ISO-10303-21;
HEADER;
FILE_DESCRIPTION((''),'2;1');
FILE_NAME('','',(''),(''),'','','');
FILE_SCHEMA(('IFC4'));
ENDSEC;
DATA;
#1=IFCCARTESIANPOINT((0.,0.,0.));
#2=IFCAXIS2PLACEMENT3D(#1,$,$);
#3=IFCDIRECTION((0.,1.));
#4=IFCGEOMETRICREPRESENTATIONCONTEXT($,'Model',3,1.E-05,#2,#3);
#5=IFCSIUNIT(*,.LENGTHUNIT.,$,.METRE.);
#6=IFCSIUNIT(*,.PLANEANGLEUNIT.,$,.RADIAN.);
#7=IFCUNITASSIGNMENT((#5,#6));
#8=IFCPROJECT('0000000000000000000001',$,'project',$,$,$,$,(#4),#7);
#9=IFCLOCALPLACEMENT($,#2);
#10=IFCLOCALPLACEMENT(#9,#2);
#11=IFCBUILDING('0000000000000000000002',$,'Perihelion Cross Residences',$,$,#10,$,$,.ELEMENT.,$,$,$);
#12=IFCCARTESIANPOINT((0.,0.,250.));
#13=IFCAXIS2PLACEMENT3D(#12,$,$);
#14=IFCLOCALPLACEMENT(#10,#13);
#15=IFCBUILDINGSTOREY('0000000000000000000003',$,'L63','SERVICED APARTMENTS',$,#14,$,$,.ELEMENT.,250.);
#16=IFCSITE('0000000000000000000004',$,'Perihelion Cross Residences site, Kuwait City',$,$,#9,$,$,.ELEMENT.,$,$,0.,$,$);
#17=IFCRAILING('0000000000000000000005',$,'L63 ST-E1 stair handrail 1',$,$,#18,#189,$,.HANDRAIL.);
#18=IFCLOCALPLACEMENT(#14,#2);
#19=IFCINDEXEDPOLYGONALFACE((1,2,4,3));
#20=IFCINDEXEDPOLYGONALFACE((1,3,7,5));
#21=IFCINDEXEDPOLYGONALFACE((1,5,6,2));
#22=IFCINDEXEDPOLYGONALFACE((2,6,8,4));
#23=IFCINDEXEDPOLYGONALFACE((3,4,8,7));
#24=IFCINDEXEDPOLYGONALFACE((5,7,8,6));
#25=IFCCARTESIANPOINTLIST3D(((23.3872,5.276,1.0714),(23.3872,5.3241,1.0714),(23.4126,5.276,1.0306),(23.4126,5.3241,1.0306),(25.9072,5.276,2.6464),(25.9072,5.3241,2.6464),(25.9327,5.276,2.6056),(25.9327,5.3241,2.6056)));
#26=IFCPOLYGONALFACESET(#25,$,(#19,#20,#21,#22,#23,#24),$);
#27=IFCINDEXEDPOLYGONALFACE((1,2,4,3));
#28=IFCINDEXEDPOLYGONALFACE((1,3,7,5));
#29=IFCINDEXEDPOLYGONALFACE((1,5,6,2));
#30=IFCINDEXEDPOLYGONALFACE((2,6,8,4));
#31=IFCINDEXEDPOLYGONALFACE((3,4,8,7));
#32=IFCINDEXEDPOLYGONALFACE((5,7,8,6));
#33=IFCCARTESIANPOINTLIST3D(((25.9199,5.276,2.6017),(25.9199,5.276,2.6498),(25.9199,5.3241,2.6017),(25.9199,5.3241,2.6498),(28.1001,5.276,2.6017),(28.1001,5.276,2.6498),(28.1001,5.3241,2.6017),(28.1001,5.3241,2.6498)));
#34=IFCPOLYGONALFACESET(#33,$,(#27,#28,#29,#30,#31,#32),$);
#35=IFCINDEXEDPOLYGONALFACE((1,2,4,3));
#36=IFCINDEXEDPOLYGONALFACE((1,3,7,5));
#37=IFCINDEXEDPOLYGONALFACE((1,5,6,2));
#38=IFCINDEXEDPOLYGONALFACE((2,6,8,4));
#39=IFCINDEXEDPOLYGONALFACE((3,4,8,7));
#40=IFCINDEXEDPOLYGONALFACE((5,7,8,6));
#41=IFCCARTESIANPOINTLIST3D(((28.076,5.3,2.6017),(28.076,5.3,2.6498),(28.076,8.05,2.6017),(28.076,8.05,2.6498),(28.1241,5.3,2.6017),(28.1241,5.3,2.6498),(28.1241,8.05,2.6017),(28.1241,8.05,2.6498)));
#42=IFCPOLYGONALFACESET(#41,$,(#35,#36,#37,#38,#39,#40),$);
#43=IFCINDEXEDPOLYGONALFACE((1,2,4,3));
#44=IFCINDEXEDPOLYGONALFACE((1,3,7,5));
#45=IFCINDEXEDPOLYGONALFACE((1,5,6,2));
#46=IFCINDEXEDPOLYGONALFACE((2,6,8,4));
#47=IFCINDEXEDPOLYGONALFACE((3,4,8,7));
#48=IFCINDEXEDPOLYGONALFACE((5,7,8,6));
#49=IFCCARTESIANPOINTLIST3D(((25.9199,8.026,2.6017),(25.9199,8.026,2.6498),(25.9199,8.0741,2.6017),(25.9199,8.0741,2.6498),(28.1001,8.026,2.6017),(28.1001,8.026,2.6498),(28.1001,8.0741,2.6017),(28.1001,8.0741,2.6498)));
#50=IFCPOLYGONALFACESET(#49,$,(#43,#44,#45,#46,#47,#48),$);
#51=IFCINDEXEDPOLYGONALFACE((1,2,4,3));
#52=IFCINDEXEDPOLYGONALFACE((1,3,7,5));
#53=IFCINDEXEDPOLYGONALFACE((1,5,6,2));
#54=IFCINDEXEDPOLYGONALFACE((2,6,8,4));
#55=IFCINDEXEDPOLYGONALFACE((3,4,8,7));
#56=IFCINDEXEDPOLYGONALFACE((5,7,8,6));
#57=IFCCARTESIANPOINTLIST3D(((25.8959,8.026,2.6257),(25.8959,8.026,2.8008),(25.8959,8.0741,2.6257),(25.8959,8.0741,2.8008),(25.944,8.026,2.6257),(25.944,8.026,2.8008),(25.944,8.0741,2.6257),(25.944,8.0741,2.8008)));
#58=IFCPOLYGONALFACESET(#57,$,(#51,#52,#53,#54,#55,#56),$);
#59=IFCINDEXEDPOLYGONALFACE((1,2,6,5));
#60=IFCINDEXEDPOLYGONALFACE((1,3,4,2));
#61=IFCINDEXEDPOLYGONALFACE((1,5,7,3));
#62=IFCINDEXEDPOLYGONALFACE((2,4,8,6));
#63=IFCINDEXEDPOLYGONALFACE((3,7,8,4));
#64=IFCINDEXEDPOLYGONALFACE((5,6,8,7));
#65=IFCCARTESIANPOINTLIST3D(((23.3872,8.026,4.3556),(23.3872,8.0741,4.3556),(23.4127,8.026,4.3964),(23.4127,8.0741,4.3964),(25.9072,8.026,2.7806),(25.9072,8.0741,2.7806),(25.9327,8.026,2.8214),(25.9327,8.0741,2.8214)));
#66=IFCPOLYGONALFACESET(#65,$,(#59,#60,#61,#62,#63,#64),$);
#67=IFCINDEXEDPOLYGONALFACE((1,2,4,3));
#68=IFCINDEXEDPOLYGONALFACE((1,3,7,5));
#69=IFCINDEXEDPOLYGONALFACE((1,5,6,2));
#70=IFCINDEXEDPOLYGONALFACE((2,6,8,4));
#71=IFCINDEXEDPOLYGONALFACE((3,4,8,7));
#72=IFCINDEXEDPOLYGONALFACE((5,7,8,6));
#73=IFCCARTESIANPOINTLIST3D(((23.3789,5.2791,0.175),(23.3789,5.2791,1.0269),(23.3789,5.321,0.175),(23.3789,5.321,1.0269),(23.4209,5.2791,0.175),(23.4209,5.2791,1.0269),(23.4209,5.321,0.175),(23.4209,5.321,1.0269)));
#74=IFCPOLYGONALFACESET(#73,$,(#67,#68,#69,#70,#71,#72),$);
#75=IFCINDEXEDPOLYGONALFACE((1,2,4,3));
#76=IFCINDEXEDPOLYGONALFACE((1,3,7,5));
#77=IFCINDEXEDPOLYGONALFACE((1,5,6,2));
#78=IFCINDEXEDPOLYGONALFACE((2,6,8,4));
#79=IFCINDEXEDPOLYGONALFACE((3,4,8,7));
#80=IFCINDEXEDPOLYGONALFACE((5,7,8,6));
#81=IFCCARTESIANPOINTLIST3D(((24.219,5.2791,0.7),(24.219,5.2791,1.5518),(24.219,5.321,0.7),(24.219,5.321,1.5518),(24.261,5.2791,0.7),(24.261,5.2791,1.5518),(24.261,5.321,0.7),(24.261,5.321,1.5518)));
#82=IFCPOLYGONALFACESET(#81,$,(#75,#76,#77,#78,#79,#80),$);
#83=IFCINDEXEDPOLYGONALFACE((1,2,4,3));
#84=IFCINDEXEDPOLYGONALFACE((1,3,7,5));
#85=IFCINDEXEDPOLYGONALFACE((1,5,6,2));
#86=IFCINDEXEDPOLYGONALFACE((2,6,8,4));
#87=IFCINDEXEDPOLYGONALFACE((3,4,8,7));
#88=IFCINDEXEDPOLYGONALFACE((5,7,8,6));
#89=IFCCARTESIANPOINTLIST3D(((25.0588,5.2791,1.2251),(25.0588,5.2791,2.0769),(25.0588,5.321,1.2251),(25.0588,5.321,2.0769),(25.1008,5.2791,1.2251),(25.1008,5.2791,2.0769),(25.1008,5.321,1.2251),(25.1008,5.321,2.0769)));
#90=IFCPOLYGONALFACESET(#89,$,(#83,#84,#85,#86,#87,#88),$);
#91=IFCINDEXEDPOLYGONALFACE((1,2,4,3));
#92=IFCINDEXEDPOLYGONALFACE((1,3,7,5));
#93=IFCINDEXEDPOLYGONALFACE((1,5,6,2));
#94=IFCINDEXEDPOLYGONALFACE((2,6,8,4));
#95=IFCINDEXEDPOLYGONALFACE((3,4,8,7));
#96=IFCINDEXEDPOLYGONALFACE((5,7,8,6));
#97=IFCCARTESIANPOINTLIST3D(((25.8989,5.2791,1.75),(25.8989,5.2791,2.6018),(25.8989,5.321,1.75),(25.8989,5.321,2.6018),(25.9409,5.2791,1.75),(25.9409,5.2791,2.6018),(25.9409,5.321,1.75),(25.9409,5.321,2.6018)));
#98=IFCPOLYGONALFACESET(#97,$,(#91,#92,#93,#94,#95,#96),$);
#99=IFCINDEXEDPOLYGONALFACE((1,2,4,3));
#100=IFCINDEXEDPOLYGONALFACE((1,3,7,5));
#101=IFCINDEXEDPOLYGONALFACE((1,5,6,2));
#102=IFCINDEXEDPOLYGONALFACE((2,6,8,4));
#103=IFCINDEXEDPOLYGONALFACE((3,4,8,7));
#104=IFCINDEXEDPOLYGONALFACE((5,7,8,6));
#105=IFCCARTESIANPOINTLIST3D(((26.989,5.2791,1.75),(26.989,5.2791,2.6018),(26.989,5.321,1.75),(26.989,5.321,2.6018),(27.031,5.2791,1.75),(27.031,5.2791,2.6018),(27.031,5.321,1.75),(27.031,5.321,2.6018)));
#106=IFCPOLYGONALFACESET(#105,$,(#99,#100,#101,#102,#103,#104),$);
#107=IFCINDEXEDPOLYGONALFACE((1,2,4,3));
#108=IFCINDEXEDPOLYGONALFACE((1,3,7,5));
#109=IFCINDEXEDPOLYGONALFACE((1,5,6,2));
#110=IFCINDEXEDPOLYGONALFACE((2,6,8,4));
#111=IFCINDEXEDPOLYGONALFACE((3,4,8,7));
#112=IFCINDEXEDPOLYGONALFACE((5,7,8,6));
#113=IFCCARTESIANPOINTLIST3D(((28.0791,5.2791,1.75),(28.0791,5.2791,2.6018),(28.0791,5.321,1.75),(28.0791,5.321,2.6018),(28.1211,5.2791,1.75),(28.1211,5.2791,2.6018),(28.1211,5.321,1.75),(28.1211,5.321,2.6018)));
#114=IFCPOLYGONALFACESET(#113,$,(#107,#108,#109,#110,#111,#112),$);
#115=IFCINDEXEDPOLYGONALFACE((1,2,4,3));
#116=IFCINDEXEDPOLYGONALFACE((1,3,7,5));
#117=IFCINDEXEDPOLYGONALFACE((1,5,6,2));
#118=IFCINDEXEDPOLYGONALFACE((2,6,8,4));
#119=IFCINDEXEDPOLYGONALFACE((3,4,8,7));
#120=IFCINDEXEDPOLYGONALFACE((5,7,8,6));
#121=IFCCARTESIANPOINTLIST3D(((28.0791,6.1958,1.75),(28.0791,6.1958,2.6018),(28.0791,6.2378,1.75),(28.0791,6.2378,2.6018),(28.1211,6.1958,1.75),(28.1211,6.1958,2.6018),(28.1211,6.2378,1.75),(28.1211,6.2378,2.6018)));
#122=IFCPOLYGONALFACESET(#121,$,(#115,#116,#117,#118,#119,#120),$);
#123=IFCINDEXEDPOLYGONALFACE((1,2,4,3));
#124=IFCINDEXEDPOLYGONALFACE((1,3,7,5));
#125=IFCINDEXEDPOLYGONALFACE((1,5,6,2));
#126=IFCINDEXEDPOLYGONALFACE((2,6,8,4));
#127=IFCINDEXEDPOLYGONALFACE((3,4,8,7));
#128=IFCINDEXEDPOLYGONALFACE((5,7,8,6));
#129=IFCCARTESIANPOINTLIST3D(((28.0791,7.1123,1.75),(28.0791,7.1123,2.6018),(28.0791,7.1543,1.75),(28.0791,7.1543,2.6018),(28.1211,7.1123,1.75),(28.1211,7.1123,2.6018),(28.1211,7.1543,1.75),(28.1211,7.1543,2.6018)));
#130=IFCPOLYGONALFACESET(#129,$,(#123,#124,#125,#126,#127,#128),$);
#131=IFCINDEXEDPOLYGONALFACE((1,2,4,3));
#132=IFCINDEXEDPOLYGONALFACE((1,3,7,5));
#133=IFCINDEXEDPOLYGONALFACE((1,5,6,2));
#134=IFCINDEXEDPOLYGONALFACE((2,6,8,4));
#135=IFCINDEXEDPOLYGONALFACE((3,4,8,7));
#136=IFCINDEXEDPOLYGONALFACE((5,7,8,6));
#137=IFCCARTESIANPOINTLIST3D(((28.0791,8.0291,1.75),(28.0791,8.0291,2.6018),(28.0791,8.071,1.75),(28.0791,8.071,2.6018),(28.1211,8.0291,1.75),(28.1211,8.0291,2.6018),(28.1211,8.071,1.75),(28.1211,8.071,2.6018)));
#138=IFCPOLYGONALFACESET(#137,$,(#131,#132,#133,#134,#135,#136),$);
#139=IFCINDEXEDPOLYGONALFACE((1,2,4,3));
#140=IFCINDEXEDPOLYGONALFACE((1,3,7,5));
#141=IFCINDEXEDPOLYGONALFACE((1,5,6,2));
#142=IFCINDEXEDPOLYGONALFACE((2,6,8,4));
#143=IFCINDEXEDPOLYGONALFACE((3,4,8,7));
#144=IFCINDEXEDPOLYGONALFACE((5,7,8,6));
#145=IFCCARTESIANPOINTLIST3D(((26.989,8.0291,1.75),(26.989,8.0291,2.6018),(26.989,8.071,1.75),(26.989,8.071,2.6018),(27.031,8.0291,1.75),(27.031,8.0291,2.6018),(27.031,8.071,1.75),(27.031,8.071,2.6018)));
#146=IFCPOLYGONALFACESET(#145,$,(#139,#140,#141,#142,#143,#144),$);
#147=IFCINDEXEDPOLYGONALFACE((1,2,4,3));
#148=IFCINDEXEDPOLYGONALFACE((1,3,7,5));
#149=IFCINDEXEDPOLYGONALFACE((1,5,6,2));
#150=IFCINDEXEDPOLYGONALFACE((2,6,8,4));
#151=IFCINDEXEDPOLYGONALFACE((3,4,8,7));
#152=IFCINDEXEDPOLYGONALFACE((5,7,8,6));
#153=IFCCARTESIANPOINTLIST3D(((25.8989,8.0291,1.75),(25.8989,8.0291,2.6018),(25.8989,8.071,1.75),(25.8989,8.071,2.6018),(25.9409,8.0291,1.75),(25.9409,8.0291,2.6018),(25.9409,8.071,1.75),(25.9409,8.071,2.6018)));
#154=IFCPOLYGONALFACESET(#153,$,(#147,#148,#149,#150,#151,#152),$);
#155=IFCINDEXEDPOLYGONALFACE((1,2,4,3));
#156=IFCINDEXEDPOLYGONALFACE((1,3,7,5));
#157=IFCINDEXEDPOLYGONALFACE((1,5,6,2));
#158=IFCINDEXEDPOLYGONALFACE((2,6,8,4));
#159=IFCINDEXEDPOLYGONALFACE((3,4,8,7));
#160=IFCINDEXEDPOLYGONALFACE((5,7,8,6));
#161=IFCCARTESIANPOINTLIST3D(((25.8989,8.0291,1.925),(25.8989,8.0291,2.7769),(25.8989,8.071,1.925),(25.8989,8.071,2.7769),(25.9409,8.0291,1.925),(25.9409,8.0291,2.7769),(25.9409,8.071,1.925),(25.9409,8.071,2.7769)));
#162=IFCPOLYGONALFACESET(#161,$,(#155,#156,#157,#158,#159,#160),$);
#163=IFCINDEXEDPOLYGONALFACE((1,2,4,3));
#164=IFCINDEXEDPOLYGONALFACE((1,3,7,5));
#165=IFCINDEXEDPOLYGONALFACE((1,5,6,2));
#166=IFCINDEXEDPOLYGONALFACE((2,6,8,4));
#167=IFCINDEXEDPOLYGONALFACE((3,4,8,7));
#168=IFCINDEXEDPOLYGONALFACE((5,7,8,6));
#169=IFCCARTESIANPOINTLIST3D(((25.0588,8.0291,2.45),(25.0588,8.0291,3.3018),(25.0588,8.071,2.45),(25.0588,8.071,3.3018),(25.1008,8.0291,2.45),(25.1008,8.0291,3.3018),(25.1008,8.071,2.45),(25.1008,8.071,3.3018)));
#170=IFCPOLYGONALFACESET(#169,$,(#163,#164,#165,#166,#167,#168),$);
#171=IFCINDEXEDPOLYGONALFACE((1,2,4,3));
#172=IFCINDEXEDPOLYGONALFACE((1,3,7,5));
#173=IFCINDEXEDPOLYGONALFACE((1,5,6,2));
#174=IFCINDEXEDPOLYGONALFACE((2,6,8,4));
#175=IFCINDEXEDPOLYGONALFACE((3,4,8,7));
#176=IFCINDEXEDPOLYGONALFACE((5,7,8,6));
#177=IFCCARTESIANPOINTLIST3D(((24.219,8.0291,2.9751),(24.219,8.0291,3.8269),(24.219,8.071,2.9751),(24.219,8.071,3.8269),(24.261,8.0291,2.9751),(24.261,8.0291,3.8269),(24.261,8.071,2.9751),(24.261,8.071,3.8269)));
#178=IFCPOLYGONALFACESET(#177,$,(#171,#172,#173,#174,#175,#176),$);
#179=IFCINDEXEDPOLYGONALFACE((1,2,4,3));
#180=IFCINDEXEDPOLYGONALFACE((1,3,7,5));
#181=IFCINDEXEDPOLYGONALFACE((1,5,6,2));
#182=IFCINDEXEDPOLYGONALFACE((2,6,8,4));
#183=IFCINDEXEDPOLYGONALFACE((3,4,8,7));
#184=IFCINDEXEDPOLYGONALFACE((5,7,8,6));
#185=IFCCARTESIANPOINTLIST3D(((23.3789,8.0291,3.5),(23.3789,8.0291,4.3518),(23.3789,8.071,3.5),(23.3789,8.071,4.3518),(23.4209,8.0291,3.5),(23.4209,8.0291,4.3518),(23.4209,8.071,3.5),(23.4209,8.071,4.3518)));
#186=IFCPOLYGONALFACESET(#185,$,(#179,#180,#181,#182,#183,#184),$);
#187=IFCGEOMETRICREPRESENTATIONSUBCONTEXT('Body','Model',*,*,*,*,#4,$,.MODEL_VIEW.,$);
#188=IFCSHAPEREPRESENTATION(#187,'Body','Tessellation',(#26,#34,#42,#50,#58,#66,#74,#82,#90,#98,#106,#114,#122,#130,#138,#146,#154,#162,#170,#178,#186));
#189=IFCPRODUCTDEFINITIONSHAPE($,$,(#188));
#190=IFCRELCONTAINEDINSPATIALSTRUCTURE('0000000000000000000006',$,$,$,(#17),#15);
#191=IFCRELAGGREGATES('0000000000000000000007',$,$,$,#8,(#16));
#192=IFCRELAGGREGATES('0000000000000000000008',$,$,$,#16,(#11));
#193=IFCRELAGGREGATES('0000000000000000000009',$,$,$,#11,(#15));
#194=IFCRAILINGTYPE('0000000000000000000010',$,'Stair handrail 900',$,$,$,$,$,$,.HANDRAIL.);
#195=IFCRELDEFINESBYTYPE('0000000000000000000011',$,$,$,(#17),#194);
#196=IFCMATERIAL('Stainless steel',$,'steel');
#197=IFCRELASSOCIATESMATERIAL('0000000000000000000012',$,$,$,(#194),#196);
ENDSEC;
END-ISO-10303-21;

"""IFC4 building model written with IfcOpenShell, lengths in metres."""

from ifc_helpers import new_model, si_unit, direction, frame, origin, origin_2d, place, context, subcontext, project, spatial, rectangle, extrude, material, type_object, element, save


model = new_model("IFC4")

# Units and contexts
model_context = context("Model", 3, precision=1e-05, world=origin(), true_north=direction((0.0, 1.0)))
body_context = subcontext(model_context, "Body", "Model", "MODEL_VIEW")
ifc_project = project(units=[si_unit("LENGTHUNIT", "METRE"), si_unit("PLANEANGLEUNIT", "RADIAN")], contexts=[model_context])

# Site, building, storey
site_placement = place(None, origin())
site = spatial("IfcSite", under=ifc_project, at=site_placement, Name="Perihelion Cross Residences site, Kuwait City", CompositionType="ELEMENT", RefElevation=0.0)
building_placement = place(site_placement, origin())
building = spatial("IfcBuilding", under=site, at=building_placement, Name="Perihelion Cross Residences", CompositionType="ELEMENT")
storey_placement = place(building_placement, frame((0.0, 0.0, 250.0)))
storey = spatial("IfcBuildingStorey", under=building, at=storey_placement, Name="L63", Description="SERVICED APARTMENTS", CompositionType="ELEMENT", Elevation=250.0)

# Railing
ifc_material_1 = material(Name="Stainless steel", Category="steel")
railing_type_1 = type_object("IfcRailingType", Name="Stair handrail 900", PredefinedType="HANDRAIL", material=ifc_material_1)
railing_1_placement = place(storey_placement, frame((23.3999, 5.3, 0.175)))
element("IfcRailing", 1, at=railing_1_placement, inside=storey, type_object=railing_type_1, Name="L63 ST-E1 stair handrail 1", PredefinedType="HANDRAIL", context=body_context, shape_type="SweptSolid", body=[
    extrude(rectangle(XDim=0.0481, YDim=0.0481, at=origin_2d()), frame((0.0, 0.0, 0.876), z_axis=(0.848008, 0.0, 0.529984), x_axis=(0.0, 1.0, 0.0)), (0.0, 0.0, 1.0), 2.9717),
    extrude(rectangle(XDim=0.0481, YDim=0.0481, at=origin_2d()), frame((2.52, 0.0, 2.4507), z_axis=(1.0, 0.0, 0.0), x_axis=(0.0, 1.0, 0.0)), (0.0, 0.0, 1.0), 2.1802),
    extrude(rectangle(XDim=0.0481, YDim=0.0481, at=origin_2d()), frame((4.7002, 0.0, 2.4507), z_axis=(0.0, 1.0, 0.0), x_axis=(-1.0, 0.0, 0.0)), (0.0, 0.0, 1.0), 2.75),
    extrude(rectangle(XDim=0.0481, YDim=0.0481, at=origin_2d()), frame((4.7002, 2.75, 2.4507), z_axis=(-1.0, 0.0, 0.0), x_axis=(0.0, -1.0, 0.0)), (0.0, 0.0, 1.0), 2.1802),
    extrude(rectangle(XDim=0.0481, YDim=0.0481, at=origin_2d()), frame((2.52, 2.75, 2.4507), z_axis=(0.0, 0.0, 1.0), x_axis=(1.0, 0.0, 0.0)), (0.0, 0.0, 1.0), 0.175),
    extrude(rectangle(XDim=0.0481, YDim=0.0481, at=origin_2d()), frame((2.52, 2.75, 2.626), z_axis=(-0.848008, 0.0, 0.529984), x_axis=(0.0, -1.0, 0.0)), (0.0, 0.0, 1.0), 2.9717),
    extrude(rectangle(XDim=0.042, YDim=0.042, at=origin_2d()), origin(), (0.0, 0.0, 1.0), 0.8518),
    extrude(rectangle(XDim=0.042, YDim=0.042, at=origin_2d()), frame((0.8401, 0.0, 0.5249)), (0.0, 0.0, 1.0), 0.8518),
    extrude(rectangle(XDim=0.042, YDim=0.042, at=origin_2d()), frame((1.6799, 0.0, 1.05)), (0.0, 0.0, 1.0), 0.8518),
    extrude(rectangle(XDim=0.042, YDim=0.042, at=origin_2d()), frame((2.52, 0.0, 1.575)), (0.0, 0.0, 1.0), 0.8518),
    extrude(rectangle(XDim=0.042, YDim=0.042, at=origin_2d()), frame((3.6101, 0.0, 1.575)), (0.0, 0.0, 1.0), 0.8518),
    extrude(rectangle(XDim=0.042, YDim=0.042, at=origin_2d()), frame((4.7002, 0.0, 1.575)), (0.0, 0.0, 1.0), 0.8518),
    extrude(rectangle(XDim=0.042, YDim=0.042, at=origin_2d()), frame((4.7002, 0.9167, 1.575)), (0.0, 0.0, 1.0), 0.8518),
    extrude(rectangle(XDim=0.042, YDim=0.042, at=origin_2d()), frame((4.7002, 1.8333, 1.575)), (0.0, 0.0, 1.0), 0.8518),
    extrude(rectangle(XDim=0.042, YDim=0.042, at=origin_2d()), frame((4.7002, 2.75, 1.575)), (0.0, 0.0, 1.0), 0.8518),
    extrude(rectangle(XDim=0.042, YDim=0.042, at=origin_2d()), frame((3.6101, 2.75, 1.575)), (0.0, 0.0, 1.0), 0.8518),
    extrude(rectangle(XDim=0.042, YDim=0.042, at=origin_2d()), frame((2.52, 2.75, 1.575)), (0.0, 0.0, 1.0), 0.8518),
    extrude(rectangle(XDim=0.042, YDim=0.042, at=origin_2d()), frame((2.52, 2.75, 1.75)), (0.0, 0.0, 1.0), 0.8518),
    extrude(rectangle(XDim=0.042, YDim=0.042, at=origin_2d()), frame((1.6799, 2.75, 2.2749)), (0.0, 0.0, 1.0), 0.8518),
    extrude(rectangle(XDim=0.042, YDim=0.042, at=origin_2d()), frame((0.8401, 2.75, 2.8)), (0.0, 0.0, 1.0), 0.8518),
    extrude(rectangle(XDim=0.042, YDim=0.042, at=origin_2d()), frame((0.0, 2.75, 3.325)), (0.0, 0.0, 1.0), 0.8518),
])

save(model, "model.ifc")
